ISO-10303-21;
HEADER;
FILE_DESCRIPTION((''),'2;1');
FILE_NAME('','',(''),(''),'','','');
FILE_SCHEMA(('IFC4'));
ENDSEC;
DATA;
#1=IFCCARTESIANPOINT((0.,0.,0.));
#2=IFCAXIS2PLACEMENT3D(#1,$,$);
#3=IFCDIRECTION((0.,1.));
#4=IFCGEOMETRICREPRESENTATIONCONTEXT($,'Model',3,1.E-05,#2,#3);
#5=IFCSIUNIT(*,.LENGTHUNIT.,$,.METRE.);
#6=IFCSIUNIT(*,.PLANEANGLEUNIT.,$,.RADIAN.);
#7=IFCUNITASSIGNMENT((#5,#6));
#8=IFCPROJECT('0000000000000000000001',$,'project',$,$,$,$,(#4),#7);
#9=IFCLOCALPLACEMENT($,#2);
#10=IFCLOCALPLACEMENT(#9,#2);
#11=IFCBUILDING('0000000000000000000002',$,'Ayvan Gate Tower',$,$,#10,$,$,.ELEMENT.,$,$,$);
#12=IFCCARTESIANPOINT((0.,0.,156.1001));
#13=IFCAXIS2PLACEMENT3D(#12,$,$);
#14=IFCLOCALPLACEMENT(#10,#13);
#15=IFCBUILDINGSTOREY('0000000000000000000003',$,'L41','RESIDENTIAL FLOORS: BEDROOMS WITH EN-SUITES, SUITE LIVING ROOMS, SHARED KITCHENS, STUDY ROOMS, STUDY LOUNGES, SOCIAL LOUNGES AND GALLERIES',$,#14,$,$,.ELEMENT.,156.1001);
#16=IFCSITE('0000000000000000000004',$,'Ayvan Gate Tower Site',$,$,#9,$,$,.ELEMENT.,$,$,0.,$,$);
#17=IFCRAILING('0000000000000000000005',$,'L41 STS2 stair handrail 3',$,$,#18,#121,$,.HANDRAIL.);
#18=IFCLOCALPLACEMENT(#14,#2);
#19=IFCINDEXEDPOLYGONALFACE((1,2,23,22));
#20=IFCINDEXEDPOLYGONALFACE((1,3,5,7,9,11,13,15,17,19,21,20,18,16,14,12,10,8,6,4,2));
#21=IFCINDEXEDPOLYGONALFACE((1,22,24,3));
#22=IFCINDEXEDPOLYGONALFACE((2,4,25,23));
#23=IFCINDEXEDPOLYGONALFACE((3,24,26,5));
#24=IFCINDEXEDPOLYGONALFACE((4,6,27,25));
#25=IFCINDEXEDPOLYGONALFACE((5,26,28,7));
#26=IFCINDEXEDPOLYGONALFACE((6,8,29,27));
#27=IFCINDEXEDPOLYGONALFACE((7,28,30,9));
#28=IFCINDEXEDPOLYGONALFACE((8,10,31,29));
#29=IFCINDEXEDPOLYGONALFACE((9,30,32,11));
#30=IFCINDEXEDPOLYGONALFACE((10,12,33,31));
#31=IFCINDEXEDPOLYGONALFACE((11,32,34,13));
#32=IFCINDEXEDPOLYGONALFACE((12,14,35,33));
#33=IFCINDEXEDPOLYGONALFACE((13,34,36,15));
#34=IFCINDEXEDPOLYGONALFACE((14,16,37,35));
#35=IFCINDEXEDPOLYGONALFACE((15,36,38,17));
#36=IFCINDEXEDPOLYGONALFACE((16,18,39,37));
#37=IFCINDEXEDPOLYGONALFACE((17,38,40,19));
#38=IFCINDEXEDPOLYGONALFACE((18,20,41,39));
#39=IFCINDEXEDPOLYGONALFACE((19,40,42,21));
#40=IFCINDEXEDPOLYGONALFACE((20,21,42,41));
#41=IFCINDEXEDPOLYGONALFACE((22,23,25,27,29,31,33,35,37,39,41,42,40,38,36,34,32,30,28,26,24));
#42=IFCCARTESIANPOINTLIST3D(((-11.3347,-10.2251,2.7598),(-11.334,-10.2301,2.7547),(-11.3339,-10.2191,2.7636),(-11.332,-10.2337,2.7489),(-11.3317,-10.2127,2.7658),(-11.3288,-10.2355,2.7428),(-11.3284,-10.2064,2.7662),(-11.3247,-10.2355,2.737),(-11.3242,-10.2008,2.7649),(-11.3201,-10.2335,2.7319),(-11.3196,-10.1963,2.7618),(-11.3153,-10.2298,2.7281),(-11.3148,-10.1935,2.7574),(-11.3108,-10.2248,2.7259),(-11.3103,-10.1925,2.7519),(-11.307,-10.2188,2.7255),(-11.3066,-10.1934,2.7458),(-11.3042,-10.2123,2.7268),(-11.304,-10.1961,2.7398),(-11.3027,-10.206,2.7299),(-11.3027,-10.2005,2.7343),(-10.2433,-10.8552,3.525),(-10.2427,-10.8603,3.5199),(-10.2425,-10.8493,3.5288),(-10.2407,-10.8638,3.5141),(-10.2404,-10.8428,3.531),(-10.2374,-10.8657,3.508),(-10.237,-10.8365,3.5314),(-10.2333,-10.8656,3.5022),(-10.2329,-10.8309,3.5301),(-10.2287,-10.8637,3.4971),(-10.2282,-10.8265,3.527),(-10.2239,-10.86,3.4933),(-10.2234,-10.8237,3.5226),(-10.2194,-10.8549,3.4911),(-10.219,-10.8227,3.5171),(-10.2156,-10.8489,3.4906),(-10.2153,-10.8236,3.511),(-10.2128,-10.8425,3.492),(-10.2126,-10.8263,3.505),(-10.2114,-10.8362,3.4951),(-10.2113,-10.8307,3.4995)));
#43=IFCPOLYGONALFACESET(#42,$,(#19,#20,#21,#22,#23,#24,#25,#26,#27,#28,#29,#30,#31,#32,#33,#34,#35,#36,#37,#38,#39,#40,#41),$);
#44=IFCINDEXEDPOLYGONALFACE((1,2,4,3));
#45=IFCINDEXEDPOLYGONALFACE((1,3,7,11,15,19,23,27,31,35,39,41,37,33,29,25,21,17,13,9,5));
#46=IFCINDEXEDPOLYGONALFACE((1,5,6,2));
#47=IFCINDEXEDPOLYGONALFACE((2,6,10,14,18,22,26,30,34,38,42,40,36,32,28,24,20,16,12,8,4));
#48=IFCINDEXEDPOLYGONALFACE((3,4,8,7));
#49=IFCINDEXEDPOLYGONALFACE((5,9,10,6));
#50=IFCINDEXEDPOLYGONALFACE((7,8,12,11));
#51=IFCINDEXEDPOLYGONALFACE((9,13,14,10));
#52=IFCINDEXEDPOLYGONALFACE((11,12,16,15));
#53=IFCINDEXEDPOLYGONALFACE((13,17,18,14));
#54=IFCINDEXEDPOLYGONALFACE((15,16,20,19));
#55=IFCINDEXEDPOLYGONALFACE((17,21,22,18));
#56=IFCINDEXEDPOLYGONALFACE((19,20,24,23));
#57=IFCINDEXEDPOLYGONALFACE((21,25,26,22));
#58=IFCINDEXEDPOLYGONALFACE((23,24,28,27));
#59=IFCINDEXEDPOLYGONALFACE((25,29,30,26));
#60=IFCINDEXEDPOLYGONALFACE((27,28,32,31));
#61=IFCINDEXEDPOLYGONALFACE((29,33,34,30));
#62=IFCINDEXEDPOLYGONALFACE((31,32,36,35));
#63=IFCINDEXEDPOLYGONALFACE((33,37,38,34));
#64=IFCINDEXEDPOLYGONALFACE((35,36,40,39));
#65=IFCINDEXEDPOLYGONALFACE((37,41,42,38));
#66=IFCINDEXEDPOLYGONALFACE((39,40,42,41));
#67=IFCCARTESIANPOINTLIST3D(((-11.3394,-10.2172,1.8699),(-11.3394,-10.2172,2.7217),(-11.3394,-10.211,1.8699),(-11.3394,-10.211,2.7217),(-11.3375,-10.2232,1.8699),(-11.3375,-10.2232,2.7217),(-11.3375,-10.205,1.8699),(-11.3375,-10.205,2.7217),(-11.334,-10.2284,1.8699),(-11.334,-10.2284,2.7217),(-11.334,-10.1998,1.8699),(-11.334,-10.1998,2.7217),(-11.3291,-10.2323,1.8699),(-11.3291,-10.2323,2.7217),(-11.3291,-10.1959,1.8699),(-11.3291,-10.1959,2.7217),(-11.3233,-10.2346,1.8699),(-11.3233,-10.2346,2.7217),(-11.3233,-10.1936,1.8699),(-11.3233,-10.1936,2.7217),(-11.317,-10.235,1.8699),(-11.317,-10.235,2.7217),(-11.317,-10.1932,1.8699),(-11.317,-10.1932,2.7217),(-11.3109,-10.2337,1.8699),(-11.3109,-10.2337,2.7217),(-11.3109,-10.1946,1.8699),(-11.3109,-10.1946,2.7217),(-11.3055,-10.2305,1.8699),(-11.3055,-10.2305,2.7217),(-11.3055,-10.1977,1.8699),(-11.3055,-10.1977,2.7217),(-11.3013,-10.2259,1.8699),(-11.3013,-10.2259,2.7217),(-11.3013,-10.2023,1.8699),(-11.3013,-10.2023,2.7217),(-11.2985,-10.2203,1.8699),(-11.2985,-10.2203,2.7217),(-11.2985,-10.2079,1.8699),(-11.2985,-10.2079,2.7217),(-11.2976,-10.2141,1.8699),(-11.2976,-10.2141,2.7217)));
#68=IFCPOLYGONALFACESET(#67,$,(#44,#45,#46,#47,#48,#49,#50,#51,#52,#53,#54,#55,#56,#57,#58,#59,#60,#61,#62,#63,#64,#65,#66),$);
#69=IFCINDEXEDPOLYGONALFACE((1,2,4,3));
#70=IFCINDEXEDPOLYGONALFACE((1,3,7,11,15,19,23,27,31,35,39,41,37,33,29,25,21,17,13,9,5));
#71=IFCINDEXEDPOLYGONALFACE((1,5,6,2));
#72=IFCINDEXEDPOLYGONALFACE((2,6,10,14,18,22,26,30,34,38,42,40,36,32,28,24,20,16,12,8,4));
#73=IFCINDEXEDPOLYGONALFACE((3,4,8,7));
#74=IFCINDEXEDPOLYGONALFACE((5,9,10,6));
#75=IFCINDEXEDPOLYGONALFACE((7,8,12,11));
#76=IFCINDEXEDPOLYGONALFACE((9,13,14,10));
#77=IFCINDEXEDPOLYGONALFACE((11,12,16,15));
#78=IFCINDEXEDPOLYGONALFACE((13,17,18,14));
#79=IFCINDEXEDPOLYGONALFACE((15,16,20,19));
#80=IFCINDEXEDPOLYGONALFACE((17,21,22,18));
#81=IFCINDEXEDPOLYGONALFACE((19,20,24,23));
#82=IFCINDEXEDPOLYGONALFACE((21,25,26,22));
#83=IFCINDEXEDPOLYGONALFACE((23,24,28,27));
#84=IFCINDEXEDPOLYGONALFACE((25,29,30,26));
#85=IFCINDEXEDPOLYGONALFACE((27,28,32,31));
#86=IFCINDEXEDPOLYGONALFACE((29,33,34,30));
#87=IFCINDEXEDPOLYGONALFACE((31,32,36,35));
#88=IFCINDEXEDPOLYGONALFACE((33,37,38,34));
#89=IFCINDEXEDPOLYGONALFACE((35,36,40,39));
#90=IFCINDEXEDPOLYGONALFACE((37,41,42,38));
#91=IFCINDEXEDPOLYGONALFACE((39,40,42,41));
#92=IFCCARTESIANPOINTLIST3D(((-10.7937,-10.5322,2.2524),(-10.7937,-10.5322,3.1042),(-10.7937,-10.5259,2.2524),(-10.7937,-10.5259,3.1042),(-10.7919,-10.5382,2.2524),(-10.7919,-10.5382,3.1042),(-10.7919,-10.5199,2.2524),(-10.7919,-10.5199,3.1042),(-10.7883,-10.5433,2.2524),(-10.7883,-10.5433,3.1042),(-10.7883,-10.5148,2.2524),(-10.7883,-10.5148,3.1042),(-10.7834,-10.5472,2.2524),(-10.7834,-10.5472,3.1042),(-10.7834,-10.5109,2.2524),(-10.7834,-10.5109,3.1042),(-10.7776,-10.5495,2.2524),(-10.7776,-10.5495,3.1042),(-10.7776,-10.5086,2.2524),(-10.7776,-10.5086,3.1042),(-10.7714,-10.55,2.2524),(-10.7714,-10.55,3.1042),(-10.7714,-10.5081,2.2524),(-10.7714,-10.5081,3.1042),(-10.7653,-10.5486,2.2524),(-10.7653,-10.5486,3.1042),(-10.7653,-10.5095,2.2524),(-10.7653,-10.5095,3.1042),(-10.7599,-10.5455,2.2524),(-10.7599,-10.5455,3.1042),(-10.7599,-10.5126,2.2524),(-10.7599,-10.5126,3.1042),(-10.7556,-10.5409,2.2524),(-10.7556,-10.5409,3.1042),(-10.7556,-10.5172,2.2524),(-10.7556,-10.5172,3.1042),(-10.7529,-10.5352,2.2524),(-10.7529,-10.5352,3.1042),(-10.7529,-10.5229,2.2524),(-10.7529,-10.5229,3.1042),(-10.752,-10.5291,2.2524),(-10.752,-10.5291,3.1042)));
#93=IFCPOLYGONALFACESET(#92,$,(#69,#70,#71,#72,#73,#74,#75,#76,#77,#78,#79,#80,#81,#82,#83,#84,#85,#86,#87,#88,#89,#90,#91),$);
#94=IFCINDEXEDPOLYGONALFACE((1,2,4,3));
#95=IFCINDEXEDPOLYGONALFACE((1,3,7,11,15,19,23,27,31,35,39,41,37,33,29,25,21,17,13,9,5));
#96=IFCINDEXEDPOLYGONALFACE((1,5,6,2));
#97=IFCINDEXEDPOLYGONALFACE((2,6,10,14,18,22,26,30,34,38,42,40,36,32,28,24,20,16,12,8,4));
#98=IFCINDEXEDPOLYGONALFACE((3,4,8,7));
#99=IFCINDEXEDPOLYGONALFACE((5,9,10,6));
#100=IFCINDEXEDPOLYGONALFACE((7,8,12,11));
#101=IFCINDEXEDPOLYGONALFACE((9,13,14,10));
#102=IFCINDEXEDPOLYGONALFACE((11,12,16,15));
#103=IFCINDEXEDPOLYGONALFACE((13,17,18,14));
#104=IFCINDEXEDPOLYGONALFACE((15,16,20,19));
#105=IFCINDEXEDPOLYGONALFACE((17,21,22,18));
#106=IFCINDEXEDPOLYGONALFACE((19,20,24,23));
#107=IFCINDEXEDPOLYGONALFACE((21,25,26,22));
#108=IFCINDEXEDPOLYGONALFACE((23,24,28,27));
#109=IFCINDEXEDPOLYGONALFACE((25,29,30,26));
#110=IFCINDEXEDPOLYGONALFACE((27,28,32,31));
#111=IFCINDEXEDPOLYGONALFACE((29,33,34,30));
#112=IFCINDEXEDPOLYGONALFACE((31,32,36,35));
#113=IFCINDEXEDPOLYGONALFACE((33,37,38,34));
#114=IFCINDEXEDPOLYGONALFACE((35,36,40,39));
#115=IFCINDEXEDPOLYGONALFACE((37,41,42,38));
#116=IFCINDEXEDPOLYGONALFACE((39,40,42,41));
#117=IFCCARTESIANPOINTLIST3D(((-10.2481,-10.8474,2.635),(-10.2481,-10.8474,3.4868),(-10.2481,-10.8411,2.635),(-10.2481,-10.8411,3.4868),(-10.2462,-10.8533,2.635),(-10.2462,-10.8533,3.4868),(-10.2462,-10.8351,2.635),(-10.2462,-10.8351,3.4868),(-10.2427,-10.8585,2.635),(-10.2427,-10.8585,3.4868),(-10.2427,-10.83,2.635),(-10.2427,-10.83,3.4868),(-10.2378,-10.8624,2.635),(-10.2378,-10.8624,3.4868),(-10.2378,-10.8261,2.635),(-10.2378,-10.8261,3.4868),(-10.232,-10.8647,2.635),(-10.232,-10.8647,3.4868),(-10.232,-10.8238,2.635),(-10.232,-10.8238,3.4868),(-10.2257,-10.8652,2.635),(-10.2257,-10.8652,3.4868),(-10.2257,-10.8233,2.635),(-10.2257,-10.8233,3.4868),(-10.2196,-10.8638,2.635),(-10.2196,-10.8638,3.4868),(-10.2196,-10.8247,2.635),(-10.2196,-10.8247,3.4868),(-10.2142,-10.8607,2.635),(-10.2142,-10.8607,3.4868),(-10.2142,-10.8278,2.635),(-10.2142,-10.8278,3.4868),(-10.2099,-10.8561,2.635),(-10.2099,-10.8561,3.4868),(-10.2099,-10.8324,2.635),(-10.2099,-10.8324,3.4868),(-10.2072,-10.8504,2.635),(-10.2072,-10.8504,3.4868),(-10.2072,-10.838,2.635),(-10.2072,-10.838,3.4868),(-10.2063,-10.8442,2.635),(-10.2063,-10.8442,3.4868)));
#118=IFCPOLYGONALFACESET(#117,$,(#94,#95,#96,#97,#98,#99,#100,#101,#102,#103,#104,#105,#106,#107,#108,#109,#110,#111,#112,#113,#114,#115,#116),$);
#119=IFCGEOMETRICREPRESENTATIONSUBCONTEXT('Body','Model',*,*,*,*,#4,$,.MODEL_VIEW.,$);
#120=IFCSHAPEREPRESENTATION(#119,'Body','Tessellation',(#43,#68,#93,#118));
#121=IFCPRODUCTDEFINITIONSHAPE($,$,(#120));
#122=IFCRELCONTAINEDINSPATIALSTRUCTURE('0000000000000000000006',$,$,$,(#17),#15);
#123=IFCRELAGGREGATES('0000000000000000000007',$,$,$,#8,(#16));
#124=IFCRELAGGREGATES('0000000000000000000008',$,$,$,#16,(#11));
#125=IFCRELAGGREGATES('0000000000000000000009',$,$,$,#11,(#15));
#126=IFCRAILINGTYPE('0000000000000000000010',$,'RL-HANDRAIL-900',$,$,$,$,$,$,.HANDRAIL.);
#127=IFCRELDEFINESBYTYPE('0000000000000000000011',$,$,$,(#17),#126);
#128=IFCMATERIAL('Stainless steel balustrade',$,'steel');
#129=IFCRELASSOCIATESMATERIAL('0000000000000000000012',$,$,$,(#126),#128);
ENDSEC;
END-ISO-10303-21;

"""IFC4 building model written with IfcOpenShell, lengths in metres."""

from ifc_helpers import new_model, si_unit, direction, frame, origin, origin_2d, place, context, subcontext, project, spatial, circle, extrude, material, type_object, element, save


model = new_model("IFC4")

# Units and contexts
model_context = context("Model", 3, precision=1e-05, world=origin(), true_north=direction((0.0, 1.0)))
body_context = subcontext(model_context, "Body", "Model", "MODEL_VIEW")
ifc_project = project(units=[si_unit("LENGTHUNIT", "METRE"), si_unit("PLANEANGLEUNIT", "RADIAN")], contexts=[model_context])

# Site, building, storey
site_placement = place(None, origin())
site = spatial("IfcSite", under=ifc_project, at=site_placement, Name="Ayvan Gate Tower Site", CompositionType="ELEMENT", RefElevation=0.0)
building_placement = place(site_placement, origin())
building = spatial("IfcBuilding", under=site, at=building_placement, Name="Ayvan Gate Tower", CompositionType="ELEMENT")
storey_placement = place(building_placement, frame((0.0, 0.0, 156.1001)))
storey = spatial("IfcBuildingStorey", under=building, at=storey_placement, Name="L41", Description="RESIDENTIAL FLOORS: BEDROOMS WITH EN-SUITES, SUITE LIVING ROOMS, SHARED KITCHENS, STUDY ROOMS, STUDY LOUNGES, SOCIAL LOUNGES AND GALLERIES", CompositionType="ELEMENT", Elevation=156.1001)

# Railing
ifc_material_1 = material(Name="Stainless steel balustrade", Category="steel")
railing_type_1 = type_object("IfcRailingType", Name="RL-HANDRAIL-900", PredefinedType="HANDRAIL", material=ifc_material_1)
railing_1_placement = place(storey_placement, frame((-11.3186, -10.2141, 1.8699)))
element("IfcRailing", 1, at=railing_1_placement, inside=storey, type_object=railing_type_1, Name="L41 STS2 stair handrail 3", PredefinedType="HANDRAIL", context=body_context, shape_type="SweptSolid", body=[
    extrude(circle(Radius=0.0239, at=origin_2d()), frame((0.0, 0.0, 0.876), z_axis=(0.740241, -0.427419, 0.518996), x_axis=(0.500035, 0.866005, 0.0)), (0.0, 0.0, 1.0), 1.4744),
    extrude(circle(Radius=0.021, at=origin_2d()), origin(), (0.0, 0.0, 1.0), 0.8518),
    extrude(circle(Radius=0.021, at=origin_2d()), frame((0.5457, -0.3149, 0.3826)), (0.0, 0.0, 1.0), 0.8518),
    extrude(circle(Radius=0.021, at=origin_2d()), frame((1.0913, -0.6301, 0.7651)), (0.0, 0.0, 1.0), 0.8518),
])

save(model, "model.ifc")
